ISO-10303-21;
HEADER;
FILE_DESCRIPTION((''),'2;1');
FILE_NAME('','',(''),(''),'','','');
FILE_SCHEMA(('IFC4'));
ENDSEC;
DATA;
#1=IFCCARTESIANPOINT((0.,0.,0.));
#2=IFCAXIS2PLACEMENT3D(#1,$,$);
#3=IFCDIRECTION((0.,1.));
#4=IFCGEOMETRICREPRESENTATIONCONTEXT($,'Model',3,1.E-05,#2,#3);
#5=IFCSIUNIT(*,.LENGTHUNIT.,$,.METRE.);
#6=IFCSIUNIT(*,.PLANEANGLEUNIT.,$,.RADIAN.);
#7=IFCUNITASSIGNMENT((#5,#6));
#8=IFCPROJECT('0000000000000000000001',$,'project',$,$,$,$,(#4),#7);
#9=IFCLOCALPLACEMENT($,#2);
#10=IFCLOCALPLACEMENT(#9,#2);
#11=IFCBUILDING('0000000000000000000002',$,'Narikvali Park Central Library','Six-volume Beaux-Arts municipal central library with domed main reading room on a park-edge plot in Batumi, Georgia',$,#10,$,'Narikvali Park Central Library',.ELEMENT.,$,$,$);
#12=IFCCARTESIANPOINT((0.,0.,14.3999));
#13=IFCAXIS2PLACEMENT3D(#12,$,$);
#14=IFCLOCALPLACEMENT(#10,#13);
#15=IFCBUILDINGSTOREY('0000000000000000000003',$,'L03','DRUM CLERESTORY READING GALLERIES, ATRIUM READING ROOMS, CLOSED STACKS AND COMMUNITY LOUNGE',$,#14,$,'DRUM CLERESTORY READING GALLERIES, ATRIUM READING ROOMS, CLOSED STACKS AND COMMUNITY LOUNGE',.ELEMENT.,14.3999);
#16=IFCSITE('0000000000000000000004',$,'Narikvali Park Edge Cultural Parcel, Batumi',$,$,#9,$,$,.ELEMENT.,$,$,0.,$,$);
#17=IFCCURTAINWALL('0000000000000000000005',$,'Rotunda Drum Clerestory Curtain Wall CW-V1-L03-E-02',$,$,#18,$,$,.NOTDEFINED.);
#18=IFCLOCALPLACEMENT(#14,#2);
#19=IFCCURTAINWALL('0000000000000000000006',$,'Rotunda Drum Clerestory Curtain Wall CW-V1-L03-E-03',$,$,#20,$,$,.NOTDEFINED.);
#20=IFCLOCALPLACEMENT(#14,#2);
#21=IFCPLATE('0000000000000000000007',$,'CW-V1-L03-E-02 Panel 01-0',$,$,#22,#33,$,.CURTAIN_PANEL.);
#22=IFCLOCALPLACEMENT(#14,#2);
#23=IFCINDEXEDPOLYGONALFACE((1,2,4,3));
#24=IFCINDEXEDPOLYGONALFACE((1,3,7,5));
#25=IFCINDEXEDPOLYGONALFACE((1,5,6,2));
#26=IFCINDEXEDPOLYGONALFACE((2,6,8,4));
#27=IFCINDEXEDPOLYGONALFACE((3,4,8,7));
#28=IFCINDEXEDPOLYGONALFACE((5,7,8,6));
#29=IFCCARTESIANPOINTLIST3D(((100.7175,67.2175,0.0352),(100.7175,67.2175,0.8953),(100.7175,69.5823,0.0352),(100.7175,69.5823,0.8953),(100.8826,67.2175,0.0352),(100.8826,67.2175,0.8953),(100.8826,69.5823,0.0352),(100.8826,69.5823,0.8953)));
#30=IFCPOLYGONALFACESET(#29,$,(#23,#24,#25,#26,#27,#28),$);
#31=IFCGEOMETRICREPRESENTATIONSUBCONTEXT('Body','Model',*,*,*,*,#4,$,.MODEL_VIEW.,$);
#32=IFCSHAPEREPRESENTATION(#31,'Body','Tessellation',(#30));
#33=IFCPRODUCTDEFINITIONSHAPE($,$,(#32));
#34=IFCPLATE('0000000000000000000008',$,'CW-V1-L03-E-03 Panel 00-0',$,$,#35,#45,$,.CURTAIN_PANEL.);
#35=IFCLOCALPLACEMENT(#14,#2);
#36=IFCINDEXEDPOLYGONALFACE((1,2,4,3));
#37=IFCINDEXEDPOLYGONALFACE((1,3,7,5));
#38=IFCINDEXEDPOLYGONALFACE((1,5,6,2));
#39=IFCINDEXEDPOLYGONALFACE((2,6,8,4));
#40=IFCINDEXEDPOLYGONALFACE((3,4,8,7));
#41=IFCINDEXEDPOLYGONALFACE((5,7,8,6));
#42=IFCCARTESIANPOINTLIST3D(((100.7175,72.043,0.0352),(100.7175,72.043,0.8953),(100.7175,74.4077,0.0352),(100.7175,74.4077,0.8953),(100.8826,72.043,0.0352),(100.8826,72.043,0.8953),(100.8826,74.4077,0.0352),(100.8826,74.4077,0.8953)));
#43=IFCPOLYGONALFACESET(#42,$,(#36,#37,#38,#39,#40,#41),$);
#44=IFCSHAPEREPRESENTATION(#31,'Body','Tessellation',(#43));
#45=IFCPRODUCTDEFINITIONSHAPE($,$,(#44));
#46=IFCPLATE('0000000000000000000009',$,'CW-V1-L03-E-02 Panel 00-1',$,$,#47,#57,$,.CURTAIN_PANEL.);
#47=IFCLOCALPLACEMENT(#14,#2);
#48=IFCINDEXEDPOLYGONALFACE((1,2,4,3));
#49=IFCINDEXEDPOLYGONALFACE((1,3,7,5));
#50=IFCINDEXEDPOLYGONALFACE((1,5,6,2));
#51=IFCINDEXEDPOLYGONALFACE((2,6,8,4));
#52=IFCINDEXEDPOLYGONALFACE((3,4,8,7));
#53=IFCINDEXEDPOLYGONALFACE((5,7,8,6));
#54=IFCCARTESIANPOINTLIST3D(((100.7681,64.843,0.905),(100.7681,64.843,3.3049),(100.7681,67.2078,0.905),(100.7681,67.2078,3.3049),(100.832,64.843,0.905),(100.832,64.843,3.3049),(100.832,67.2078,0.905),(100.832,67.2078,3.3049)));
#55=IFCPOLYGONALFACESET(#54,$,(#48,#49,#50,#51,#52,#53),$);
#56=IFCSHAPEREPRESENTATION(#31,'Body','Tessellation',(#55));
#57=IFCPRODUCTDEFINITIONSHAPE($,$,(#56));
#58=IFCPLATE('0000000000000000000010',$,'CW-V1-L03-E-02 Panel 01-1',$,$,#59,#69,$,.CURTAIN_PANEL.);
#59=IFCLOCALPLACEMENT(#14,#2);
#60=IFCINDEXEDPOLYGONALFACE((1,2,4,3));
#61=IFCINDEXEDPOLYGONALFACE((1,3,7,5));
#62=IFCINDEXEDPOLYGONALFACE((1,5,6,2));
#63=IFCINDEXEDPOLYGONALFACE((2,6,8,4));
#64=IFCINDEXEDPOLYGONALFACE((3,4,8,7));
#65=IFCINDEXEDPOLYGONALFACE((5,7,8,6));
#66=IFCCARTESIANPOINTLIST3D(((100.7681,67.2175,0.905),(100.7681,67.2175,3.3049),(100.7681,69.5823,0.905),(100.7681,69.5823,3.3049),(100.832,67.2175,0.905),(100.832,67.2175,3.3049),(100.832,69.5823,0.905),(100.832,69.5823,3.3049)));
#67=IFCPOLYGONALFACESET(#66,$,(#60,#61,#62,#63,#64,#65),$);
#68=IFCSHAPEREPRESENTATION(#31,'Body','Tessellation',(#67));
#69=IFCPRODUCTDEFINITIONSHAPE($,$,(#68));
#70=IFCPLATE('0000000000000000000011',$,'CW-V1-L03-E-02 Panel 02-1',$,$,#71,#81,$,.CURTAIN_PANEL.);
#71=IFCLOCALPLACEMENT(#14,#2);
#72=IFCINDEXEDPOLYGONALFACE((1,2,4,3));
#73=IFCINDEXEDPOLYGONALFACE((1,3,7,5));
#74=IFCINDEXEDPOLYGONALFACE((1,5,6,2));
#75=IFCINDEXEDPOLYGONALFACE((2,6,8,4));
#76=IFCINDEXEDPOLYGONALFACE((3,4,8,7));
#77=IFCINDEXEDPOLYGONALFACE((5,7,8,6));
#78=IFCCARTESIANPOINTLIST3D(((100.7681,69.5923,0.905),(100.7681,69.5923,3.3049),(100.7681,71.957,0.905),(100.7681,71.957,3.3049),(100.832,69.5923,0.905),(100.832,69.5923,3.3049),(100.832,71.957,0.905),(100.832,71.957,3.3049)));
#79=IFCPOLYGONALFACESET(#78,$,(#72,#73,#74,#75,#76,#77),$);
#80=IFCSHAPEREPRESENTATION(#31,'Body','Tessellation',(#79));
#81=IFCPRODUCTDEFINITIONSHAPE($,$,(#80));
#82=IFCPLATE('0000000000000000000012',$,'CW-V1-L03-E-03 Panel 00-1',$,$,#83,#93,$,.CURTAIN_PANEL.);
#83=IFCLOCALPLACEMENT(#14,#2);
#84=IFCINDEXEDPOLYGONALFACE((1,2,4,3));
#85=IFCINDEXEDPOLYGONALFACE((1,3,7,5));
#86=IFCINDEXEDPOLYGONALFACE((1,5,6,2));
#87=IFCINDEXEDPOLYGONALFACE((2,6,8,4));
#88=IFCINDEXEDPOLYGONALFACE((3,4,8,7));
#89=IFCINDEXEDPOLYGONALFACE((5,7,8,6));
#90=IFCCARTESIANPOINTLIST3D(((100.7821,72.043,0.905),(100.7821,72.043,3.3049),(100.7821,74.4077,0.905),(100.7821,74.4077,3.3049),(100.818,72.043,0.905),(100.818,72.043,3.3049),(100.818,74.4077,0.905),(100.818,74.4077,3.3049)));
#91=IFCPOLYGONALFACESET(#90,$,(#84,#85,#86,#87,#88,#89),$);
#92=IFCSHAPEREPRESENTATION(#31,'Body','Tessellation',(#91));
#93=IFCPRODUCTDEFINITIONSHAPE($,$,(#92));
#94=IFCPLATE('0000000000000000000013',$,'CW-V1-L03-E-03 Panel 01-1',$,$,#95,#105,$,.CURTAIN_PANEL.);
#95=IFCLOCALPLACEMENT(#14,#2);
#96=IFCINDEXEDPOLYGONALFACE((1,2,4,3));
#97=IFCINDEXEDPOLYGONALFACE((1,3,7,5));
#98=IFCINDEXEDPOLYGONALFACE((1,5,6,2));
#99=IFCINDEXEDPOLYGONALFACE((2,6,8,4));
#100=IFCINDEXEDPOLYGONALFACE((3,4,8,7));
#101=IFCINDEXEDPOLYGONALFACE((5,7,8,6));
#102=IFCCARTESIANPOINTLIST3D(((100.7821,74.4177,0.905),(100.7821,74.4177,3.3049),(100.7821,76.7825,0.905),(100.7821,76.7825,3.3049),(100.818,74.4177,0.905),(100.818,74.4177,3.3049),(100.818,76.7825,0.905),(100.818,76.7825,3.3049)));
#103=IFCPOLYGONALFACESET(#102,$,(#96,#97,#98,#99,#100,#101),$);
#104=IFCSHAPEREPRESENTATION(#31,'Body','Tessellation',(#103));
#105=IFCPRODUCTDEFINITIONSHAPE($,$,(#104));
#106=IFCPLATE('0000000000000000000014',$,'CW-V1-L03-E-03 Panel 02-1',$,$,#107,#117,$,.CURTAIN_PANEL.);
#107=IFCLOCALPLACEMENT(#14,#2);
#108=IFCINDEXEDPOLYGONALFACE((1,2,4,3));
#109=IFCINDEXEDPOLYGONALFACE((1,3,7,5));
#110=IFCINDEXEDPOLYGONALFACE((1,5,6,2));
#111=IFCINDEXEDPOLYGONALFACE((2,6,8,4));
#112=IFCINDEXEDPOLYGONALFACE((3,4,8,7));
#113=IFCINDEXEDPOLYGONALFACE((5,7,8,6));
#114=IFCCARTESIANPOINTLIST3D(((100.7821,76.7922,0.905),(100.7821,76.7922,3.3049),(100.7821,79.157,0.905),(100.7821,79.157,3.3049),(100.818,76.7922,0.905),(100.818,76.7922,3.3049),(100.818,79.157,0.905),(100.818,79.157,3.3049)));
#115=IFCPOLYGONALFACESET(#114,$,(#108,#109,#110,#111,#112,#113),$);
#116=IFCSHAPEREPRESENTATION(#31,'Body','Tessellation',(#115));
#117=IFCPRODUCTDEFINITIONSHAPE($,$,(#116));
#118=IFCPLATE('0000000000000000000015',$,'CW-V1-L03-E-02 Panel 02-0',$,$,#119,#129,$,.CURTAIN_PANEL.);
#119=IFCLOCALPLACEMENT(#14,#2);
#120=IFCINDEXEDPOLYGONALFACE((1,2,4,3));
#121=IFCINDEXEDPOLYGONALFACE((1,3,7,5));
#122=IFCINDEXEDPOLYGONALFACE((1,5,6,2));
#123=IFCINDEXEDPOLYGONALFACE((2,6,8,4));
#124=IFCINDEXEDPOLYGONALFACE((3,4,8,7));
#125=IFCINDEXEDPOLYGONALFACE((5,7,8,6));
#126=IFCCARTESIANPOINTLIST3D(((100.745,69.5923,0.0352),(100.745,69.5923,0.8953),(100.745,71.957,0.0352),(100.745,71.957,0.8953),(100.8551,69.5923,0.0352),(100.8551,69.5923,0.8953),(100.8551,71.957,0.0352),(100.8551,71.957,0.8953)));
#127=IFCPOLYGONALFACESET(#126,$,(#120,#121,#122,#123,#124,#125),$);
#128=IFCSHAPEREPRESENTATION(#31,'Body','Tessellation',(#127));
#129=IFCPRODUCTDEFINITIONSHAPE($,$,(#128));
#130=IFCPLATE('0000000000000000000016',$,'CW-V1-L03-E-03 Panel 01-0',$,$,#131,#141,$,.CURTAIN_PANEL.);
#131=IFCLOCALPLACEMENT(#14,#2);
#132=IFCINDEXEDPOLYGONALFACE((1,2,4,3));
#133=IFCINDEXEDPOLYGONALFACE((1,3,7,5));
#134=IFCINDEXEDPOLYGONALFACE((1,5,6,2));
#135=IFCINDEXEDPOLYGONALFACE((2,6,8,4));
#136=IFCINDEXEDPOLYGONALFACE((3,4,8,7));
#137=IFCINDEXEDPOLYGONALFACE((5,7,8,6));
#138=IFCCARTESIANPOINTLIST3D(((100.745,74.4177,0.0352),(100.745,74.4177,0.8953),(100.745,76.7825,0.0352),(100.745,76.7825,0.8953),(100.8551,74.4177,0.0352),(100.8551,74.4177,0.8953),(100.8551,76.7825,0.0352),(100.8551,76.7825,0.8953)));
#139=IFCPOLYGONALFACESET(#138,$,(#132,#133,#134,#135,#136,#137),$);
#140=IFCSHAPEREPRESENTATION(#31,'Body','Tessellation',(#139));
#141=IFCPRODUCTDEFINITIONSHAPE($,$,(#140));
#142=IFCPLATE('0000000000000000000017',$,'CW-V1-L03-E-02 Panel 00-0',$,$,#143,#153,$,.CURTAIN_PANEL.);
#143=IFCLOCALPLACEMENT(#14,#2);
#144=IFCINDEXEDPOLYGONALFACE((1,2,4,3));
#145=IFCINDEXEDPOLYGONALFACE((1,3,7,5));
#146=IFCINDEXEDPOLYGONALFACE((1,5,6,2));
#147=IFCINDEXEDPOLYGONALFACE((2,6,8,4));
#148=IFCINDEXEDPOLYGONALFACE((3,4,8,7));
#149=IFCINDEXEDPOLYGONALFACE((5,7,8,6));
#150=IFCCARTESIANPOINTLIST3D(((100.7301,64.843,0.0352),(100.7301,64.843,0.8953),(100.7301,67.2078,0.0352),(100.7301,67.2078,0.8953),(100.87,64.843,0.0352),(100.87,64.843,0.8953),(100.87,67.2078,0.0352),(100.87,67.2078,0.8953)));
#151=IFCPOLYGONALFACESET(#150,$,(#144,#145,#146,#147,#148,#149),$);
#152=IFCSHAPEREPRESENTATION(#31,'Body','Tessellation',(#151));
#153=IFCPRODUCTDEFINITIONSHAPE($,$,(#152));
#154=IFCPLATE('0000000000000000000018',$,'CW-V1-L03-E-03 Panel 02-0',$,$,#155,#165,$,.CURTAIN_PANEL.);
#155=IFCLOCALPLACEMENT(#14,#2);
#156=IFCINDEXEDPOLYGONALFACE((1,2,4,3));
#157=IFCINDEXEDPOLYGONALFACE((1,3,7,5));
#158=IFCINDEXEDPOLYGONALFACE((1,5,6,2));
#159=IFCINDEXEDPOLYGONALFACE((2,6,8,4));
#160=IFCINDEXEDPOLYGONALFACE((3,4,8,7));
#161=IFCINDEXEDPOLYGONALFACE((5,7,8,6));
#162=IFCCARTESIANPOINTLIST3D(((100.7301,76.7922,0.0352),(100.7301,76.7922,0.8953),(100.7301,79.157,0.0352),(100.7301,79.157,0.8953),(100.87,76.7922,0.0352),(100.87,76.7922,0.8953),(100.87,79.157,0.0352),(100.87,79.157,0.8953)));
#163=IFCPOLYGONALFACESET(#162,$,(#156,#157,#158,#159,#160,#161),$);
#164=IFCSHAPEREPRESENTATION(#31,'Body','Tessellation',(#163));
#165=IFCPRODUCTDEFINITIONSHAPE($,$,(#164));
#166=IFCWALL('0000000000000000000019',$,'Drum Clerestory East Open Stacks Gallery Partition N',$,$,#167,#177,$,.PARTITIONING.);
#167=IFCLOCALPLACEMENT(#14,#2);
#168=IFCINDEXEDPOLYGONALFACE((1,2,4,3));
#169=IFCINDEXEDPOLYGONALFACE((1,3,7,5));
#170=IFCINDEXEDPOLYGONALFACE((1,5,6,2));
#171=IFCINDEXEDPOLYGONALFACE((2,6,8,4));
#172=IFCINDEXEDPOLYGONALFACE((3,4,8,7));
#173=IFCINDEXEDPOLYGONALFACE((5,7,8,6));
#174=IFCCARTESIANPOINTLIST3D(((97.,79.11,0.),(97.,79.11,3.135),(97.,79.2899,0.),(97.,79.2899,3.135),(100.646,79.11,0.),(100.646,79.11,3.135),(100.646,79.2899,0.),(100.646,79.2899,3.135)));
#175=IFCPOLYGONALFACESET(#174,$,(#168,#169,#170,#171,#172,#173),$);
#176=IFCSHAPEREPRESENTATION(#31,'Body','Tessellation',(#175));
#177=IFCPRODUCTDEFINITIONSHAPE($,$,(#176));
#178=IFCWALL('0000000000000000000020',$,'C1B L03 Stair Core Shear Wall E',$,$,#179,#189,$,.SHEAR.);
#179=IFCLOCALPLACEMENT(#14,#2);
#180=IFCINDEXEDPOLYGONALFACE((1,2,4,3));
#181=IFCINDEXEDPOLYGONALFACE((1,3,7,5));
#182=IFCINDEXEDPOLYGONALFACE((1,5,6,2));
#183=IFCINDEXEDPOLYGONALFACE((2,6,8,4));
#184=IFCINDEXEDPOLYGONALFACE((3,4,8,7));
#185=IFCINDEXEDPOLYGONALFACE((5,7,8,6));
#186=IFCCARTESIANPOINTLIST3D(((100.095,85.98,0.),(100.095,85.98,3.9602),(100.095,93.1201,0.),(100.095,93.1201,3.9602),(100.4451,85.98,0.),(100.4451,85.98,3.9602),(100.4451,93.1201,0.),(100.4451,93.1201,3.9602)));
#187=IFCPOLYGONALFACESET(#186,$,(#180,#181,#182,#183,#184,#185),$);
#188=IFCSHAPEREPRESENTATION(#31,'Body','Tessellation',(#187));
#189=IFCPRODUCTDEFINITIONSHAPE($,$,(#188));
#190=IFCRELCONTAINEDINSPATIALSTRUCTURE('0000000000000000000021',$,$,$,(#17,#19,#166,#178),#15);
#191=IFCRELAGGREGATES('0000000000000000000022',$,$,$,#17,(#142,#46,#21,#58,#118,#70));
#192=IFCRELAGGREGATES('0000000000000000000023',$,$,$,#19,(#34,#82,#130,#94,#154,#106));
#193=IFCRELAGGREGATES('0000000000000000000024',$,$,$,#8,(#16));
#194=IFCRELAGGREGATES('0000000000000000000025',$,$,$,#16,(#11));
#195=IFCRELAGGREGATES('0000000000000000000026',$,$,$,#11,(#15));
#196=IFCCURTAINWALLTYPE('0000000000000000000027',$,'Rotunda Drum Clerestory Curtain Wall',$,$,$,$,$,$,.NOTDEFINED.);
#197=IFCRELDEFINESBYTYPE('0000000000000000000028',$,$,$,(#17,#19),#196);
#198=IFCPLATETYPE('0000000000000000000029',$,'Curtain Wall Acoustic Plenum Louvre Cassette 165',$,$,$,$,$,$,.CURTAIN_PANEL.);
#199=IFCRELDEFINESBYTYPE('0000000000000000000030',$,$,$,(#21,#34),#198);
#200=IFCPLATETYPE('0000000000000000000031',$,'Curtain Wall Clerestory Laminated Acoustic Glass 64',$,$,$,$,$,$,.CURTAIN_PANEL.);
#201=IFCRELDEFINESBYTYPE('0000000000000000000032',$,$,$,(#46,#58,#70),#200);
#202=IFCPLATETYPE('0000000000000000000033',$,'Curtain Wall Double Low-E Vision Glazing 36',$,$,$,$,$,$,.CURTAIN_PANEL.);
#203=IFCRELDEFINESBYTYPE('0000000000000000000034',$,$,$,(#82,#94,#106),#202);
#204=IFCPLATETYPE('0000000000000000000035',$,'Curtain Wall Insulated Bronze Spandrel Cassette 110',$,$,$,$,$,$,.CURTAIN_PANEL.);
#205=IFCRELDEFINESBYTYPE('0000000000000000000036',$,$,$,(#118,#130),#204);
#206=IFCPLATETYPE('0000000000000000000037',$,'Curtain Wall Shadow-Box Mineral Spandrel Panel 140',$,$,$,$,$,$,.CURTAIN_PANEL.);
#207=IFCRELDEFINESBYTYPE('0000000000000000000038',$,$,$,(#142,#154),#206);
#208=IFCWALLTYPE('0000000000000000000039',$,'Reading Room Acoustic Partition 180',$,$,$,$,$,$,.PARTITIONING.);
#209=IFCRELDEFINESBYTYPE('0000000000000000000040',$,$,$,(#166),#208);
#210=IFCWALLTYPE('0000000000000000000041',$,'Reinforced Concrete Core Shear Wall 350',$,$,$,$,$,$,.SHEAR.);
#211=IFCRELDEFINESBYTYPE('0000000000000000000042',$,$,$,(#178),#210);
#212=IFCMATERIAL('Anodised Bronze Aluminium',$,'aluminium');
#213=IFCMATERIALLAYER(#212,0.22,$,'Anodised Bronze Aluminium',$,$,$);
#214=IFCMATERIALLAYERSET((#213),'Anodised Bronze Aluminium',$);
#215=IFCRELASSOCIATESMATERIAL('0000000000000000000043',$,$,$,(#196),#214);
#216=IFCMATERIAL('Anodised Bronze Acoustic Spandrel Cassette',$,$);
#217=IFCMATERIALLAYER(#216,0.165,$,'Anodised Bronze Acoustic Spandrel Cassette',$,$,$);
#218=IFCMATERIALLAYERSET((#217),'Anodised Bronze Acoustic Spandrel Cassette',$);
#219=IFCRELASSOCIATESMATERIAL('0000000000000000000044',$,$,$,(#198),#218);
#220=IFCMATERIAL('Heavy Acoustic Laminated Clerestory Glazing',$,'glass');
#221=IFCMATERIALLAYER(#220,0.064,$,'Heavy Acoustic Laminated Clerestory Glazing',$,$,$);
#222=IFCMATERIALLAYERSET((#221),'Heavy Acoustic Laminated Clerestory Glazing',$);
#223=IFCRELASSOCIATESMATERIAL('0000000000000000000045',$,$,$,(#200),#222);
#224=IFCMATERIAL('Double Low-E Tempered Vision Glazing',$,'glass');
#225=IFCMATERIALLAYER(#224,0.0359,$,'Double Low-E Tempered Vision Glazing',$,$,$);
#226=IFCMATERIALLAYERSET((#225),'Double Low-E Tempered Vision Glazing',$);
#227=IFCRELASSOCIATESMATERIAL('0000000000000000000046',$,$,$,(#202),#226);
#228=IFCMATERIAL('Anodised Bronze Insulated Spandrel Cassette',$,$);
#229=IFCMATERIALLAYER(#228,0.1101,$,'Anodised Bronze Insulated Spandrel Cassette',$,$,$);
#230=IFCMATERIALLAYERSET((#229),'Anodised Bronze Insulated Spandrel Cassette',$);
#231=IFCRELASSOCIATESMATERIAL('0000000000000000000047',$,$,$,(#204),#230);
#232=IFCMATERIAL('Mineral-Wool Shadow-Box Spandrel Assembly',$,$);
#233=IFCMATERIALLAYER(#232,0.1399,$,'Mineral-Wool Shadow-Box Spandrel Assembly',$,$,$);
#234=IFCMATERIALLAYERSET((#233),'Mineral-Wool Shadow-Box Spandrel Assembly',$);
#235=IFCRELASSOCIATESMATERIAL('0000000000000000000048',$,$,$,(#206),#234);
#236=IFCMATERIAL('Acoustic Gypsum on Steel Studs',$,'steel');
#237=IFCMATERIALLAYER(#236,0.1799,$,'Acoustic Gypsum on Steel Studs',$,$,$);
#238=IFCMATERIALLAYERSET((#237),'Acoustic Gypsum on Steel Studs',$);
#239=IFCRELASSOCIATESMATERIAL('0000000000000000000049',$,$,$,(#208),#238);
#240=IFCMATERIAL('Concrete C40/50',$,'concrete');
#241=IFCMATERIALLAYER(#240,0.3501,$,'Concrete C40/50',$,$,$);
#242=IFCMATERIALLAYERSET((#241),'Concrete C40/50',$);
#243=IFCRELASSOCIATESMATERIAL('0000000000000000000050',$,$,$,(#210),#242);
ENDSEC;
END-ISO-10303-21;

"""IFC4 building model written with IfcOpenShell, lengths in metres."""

from ifc_helpers import new_model, si_unit, direction, frame, frame_2d, origin, origin_2d, place, context, subcontext, project, spatial, rectangle, extrude, material, layer, layer_set, type_object, element, aggregate, save


model = new_model("IFC4")

# Units and contexts
model_context = context("Model", 3, precision=1e-05, world=origin(), true_north=direction((0.0, 1.0)))
body_context = subcontext(model_context, "Body", "Model", "MODEL_VIEW")
ifc_project = project(units=[si_unit("LENGTHUNIT", "METRE"), si_unit("PLANEANGLEUNIT", "RADIAN")], contexts=[model_context])

# Site, building, storey
site_placement = place(None, origin())
site = spatial("IfcSite", under=ifc_project, at=site_placement, Name="Narikvali Park Edge Cultural Parcel, Batumi", CompositionType="ELEMENT", RefElevation=0.0)
building_placement = place(site_placement, origin())
building = spatial("IfcBuilding", under=site, at=building_placement, Name="Narikvali Park Central Library", Description="Six-volume Beaux-Arts municipal central library with domed main reading room on a park-edge plot in Batumi, Georgia", LongName="Narikvali Park Central Library", CompositionType="ELEMENT")
storey_placement = place(building_placement, frame((0.0, 0.0, 14.3999)))
storey = spatial("IfcBuildingStorey", under=building, at=storey_placement, Name="L03", Description="DRUM CLERESTORY READING GALLERIES, ATRIUM READING ROOMS, CLOSED STACKS AND COMMUNITY LOUNGE", LongName="DRUM CLERESTORY READING GALLERIES, ATRIUM READING ROOMS, CLOSED STACKS AND COMMUNITY LOUNGE", CompositionType="ELEMENT", Elevation=14.3999)

# Curtain walls
ifc_material_1 = material(Name="Anodised Bronze Aluminium", Category="aluminium")
ifc_layer_1 = layer(ifc_material_1, 0.22, Name="Anodised Bronze Aluminium")
ifc_layer_set_1 = layer_set([ifc_layer_1], Name="Anodised Bronze Aluminium")
curtain_wall_type = type_object("IfcCurtainWallType", Name="Rotunda Drum Clerestory Curtain Wall", PredefinedType="NOTDEFINED", material=ifc_layer_set_1)
curtain_wall_1_placement = place(storey_placement, origin())
curtain_wall_1 = element("IfcCurtainWall", 1, at=curtain_wall_1_placement, inside=storey, type_object=curtain_wall_type, Name="Rotunda Drum Clerestory Curtain Wall CW-V1-L03-E-02", PredefinedType="NOTDEFINED")
curtain_wall_2_placement = place(storey_placement, origin())
curtain_wall_2 = element("IfcCurtainWall", 2, at=curtain_wall_2_placement, inside=storey, type_object=curtain_wall_type, Name="Rotunda Drum Clerestory Curtain Wall CW-V1-L03-E-03", PredefinedType="NOTDEFINED")

# Plates
ifc_material_2 = material(Name="Anodised Bronze Acoustic Spandrel Cassette")
ifc_layer_2 = layer(ifc_material_2, 0.165, Name="Anodised Bronze Acoustic Spandrel Cassette")
ifc_layer_set_2 = layer_set([ifc_layer_2], Name="Anodised Bronze Acoustic Spandrel Cassette")
plate_type_1 = type_object("IfcPlateType", Name="Curtain Wall Acoustic Plenum Louvre Cassette 165", PredefinedType="CURTAIN_PANEL", material=ifc_layer_set_2)
plate_1_placement = place(storey_placement, frame((100.8, 68.3999, 0.0352), z_axis=(0.0, 0.0, 1.0), x_axis=(0.0, 1.0, 0.0)))
plate_1 = element("IfcPlate", 3, at=plate_1_placement, type_object=plate_type_1, Name="CW-V1-L03-E-02 Panel 01-0", PredefinedType="CURTAIN_PANEL", context=body_context, shape_type="SweptSolid", body=[
    extrude(rectangle(XDim=2.3647, YDim=0.165, at=origin_2d()), origin(), (0.0, 0.0, 1.0), 0.8601),
])
plate_2_placement = place(storey_placement, frame((100.8, 73.2253, 0.0352), z_axis=(0.0, 0.0, 1.0), x_axis=(0.0, 1.0, 0.0)))
plate_2 = element("IfcPlate", 4, at=plate_2_placement, type_object=plate_type_1, Name="CW-V1-L03-E-03 Panel 00-0", PredefinedType="CURTAIN_PANEL", context=body_context, shape_type="SweptSolid", body=[
    extrude(rectangle(XDim=2.3647, YDim=0.165, at=origin_2d()), origin(), (0.0, 0.0, 1.0), 0.8601),
])
ifc_material_3 = material(Name="Heavy Acoustic Laminated Clerestory Glazing", Category="glass")
ifc_layer_3 = layer(ifc_material_3, 0.064, Name="Heavy Acoustic Laminated Clerestory Glazing")
ifc_layer_set_3 = layer_set([ifc_layer_3], Name="Heavy Acoustic Laminated Clerestory Glazing")
plate_type_2 = type_object("IfcPlateType", Name="Curtain Wall Clerestory Laminated Acoustic Glass 64", PredefinedType="CURTAIN_PANEL", material=ifc_layer_set_3)
plate_3_placement = place(storey_placement, frame((100.8, 66.0254, 0.905), z_axis=(0.0, 0.0, 1.0), x_axis=(0.0, 1.0, 0.0)))
plate_3 = element("IfcPlate", 5, at=plate_3_placement, type_object=plate_type_2, Name="CW-V1-L03-E-02 Panel 00-1", PredefinedType="CURTAIN_PANEL", context=body_context, shape_type="SweptSolid", body=[
    extrude(rectangle(XDim=2.3647, YDim=0.064, at=origin_2d()), origin(), (0.0, 0.0, 1.0), 2.3999),
])
plate_4_placement = place(storey_placement, frame((100.8, 68.3999, 0.905), z_axis=(0.0, 0.0, 1.0), x_axis=(0.0, 1.0, 0.0)))
plate_4 = element("IfcPlate", 6, at=plate_4_placement, type_object=plate_type_2, Name="CW-V1-L03-E-02 Panel 01-1", PredefinedType="CURTAIN_PANEL", context=body_context, shape_type="SweptSolid", body=[
    extrude(rectangle(XDim=2.3647, YDim=0.064, at=origin_2d()), origin(), (0.0, 0.0, 1.0), 2.3999),
])
plate_5_placement = place(storey_placement, frame((100.8, 70.7747, 0.905), z_axis=(0.0, 0.0, 1.0), x_axis=(0.0, 1.0, 0.0)))
plate_5 = element("IfcPlate", 7, at=plate_5_placement, type_object=plate_type_2, Name="CW-V1-L03-E-02 Panel 02-1", PredefinedType="CURTAIN_PANEL", context=body_context, shape_type="SweptSolid", body=[
    extrude(rectangle(XDim=2.3647, YDim=0.064, at=origin_2d()), origin(), (0.0, 0.0, 1.0), 2.3999),
])
ifc_material_4 = material(Name="Double Low-E Tempered Vision Glazing", Category="glass")
ifc_layer_4 = layer(ifc_material_4, 0.0359, Name="Double Low-E Tempered Vision Glazing")
ifc_layer_set_4 = layer_set([ifc_layer_4], Name="Double Low-E Tempered Vision Glazing")
plate_type_3 = type_object("IfcPlateType", Name="Curtain Wall Double Low-E Vision Glazing 36", PredefinedType="CURTAIN_PANEL", material=ifc_layer_set_4)
plate_6_placement = place(storey_placement, frame((100.8, 73.2253, 0.905), z_axis=(0.0, 0.0, 1.0), x_axis=(0.0, 1.0, 0.0)))
plate_6 = element("IfcPlate", 8, at=plate_6_placement, type_object=plate_type_3, Name="CW-V1-L03-E-03 Panel 00-1", PredefinedType="CURTAIN_PANEL", context=body_context, shape_type="SweptSolid", body=[
    extrude(rectangle(XDim=2.3647, YDim=0.0359, at=origin_2d()), origin(), (0.0, 0.0, 1.0), 2.3999),
])
plate_7_placement = place(storey_placement, frame((100.8, 75.6001, 0.905), z_axis=(0.0, 0.0, 1.0), x_axis=(0.0, 1.0, 0.0)))
plate_7 = element("IfcPlate", 9, at=plate_7_placement, type_object=plate_type_3, Name="CW-V1-L03-E-03 Panel 01-1", PredefinedType="CURTAIN_PANEL", context=body_context, shape_type="SweptSolid", body=[
    extrude(rectangle(XDim=2.3647, YDim=0.0359, at=origin_2d()), origin(), (0.0, 0.0, 1.0), 2.3999),
])
plate_8_placement = place(storey_placement, frame((100.8, 77.9746, 0.905), z_axis=(0.0, 0.0, 1.0), x_axis=(0.0, 1.0, 0.0)))
plate_8 = element("IfcPlate", 10, at=plate_8_placement, type_object=plate_type_3, Name="CW-V1-L03-E-03 Panel 02-1", PredefinedType="CURTAIN_PANEL", context=body_context, shape_type="SweptSolid", body=[
    extrude(rectangle(XDim=2.3647, YDim=0.0359, at=origin_2d()), origin(), (0.0, 0.0, 1.0), 2.3999),
])
ifc_material_5 = material(Name="Anodised Bronze Insulated Spandrel Cassette")
ifc_layer_5 = layer(ifc_material_5, 0.1101, Name="Anodised Bronze Insulated Spandrel Cassette")
ifc_layer_set_5 = layer_set([ifc_layer_5], Name="Anodised Bronze Insulated Spandrel Cassette")
plate_type_4 = type_object("IfcPlateType", Name="Curtain Wall Insulated Bronze Spandrel Cassette 110", PredefinedType="CURTAIN_PANEL", material=ifc_layer_set_5)
plate_9_placement = place(storey_placement, frame((100.8, 70.7747, 0.0352), z_axis=(0.0, 0.0, 1.0), x_axis=(0.0, 1.0, 0.0)))
plate_9 = element("IfcPlate", 11, at=plate_9_placement, type_object=plate_type_4, Name="CW-V1-L03-E-02 Panel 02-0", PredefinedType="CURTAIN_PANEL", context=body_context, shape_type="SweptSolid", body=[
    extrude(rectangle(XDim=2.3647, YDim=0.1101, at=origin_2d()), origin(), (0.0, 0.0, 1.0), 0.8601),
])
plate_10_placement = place(storey_placement, frame((100.8, 75.6001, 0.0352), z_axis=(0.0, 0.0, 1.0), x_axis=(0.0, 1.0, 0.0)))
plate_10 = element("IfcPlate", 12, at=plate_10_placement, type_object=plate_type_4, Name="CW-V1-L03-E-03 Panel 01-0", PredefinedType="CURTAIN_PANEL", context=body_context, shape_type="SweptSolid", body=[
    extrude(rectangle(XDim=2.3647, YDim=0.1101, at=origin_2d()), origin(), (0.0, 0.0, 1.0), 0.8601),
])
ifc_material_6 = material(Name="Mineral-Wool Shadow-Box Spandrel Assembly")
ifc_layer_6 = layer(ifc_material_6, 0.1399, Name="Mineral-Wool Shadow-Box Spandrel Assembly")
ifc_layer_set_6 = layer_set([ifc_layer_6], Name="Mineral-Wool Shadow-Box Spandrel Assembly")
plate_type_5 = type_object("IfcPlateType", Name="Curtain Wall Shadow-Box Mineral Spandrel Panel 140", PredefinedType="CURTAIN_PANEL", material=ifc_layer_set_6)
plate_11_placement = place(storey_placement, frame((100.8, 66.0254, 0.0352), z_axis=(0.0, 0.0, 1.0), x_axis=(0.0, 1.0, 0.0)))
plate_11 = element("IfcPlate", 13, at=plate_11_placement, type_object=plate_type_5, Name="CW-V1-L03-E-02 Panel 00-0", PredefinedType="CURTAIN_PANEL", context=body_context, shape_type="SweptSolid", body=[
    extrude(rectangle(XDim=2.3647, YDim=0.1399, at=origin_2d()), origin(), (0.0, 0.0, 1.0), 0.8601),
])
aggregate(curtain_wall_1, [plate_11, plate_3, plate_1, plate_4, plate_9, plate_5])
plate_12_placement = place(storey_placement, frame((100.8, 77.9746, 0.0352), z_axis=(0.0, 0.0, 1.0), x_axis=(0.0, 1.0, 0.0)))
plate_12 = element("IfcPlate", 14, at=plate_12_placement, type_object=plate_type_5, Name="CW-V1-L03-E-03 Panel 02-0", PredefinedType="CURTAIN_PANEL", context=body_context, shape_type="SweptSolid", body=[
    extrude(rectangle(XDim=2.3647, YDim=0.1399, at=origin_2d()), origin(), (0.0, 0.0, 1.0), 0.8601),
])
aggregate(curtain_wall_2, [plate_2, plate_6, plate_10, plate_7, plate_12, plate_8])

# Walls
ifc_material_7 = material(Name="Acoustic Gypsum on Steel Studs", Category="steel")
ifc_layer_7 = layer(ifc_material_7, 0.1799, Name="Acoustic Gypsum on Steel Studs")
ifc_layer_set_7 = layer_set([ifc_layer_7], Name="Acoustic Gypsum on Steel Studs")
wall_type_1 = type_object("IfcWallType", Name="Reading Room Acoustic Partition 180", PredefinedType="PARTITIONING", material=ifc_layer_set_7)
wall_1_placement = place(storey_placement, frame((97.0, 79.2, 0.0), z_axis=(0.0, 0.0, 1.0), x_axis=(1.0, 0.0, 0.0)))
element("IfcWall", 15, at=wall_1_placement, inside=storey, type_object=wall_type_1, Name="Drum Clerestory East Open Stacks Gallery Partition N", PredefinedType="PARTITIONING", context=body_context, shape_type="SweptSolid", body=[
    extrude(rectangle(XDim=3.646, YDim=0.1799, at=frame_2d((1.823, 0.0))), origin(), (0.0, 0.0, 1.0), 3.135),
])
ifc_material_8 = material(Name="Concrete C40/50", Category="concrete")
ifc_layer_8 = layer(ifc_material_8, 0.3501, Name="Concrete C40/50")
ifc_layer_set_8 = layer_set([ifc_layer_8], Name="Concrete C40/50")
wall_type_2 = type_object("IfcWallType", Name="Reinforced Concrete Core Shear Wall 350", PredefinedType="SHEAR", material=ifc_layer_set_8)
wall_2_placement = place(storey_placement, frame((100.27, 85.98, 0.0), z_axis=(0.0, 0.0, 1.0), x_axis=(0.0, 1.0, 0.0)))
element("IfcWall", 16, at=wall_2_placement, inside=storey, type_object=wall_type_2, Name="C1B L03 Stair Core Shear Wall E", PredefinedType="SHEAR", context=body_context, shape_type="SweptSolid", body=[
    extrude(rectangle(XDim=7.1401, YDim=0.3501, at=frame_2d((3.5701, 0.0))), origin(), (0.0, 0.0, 1.0), 3.9602),
])

save(model, "model.ifc")
